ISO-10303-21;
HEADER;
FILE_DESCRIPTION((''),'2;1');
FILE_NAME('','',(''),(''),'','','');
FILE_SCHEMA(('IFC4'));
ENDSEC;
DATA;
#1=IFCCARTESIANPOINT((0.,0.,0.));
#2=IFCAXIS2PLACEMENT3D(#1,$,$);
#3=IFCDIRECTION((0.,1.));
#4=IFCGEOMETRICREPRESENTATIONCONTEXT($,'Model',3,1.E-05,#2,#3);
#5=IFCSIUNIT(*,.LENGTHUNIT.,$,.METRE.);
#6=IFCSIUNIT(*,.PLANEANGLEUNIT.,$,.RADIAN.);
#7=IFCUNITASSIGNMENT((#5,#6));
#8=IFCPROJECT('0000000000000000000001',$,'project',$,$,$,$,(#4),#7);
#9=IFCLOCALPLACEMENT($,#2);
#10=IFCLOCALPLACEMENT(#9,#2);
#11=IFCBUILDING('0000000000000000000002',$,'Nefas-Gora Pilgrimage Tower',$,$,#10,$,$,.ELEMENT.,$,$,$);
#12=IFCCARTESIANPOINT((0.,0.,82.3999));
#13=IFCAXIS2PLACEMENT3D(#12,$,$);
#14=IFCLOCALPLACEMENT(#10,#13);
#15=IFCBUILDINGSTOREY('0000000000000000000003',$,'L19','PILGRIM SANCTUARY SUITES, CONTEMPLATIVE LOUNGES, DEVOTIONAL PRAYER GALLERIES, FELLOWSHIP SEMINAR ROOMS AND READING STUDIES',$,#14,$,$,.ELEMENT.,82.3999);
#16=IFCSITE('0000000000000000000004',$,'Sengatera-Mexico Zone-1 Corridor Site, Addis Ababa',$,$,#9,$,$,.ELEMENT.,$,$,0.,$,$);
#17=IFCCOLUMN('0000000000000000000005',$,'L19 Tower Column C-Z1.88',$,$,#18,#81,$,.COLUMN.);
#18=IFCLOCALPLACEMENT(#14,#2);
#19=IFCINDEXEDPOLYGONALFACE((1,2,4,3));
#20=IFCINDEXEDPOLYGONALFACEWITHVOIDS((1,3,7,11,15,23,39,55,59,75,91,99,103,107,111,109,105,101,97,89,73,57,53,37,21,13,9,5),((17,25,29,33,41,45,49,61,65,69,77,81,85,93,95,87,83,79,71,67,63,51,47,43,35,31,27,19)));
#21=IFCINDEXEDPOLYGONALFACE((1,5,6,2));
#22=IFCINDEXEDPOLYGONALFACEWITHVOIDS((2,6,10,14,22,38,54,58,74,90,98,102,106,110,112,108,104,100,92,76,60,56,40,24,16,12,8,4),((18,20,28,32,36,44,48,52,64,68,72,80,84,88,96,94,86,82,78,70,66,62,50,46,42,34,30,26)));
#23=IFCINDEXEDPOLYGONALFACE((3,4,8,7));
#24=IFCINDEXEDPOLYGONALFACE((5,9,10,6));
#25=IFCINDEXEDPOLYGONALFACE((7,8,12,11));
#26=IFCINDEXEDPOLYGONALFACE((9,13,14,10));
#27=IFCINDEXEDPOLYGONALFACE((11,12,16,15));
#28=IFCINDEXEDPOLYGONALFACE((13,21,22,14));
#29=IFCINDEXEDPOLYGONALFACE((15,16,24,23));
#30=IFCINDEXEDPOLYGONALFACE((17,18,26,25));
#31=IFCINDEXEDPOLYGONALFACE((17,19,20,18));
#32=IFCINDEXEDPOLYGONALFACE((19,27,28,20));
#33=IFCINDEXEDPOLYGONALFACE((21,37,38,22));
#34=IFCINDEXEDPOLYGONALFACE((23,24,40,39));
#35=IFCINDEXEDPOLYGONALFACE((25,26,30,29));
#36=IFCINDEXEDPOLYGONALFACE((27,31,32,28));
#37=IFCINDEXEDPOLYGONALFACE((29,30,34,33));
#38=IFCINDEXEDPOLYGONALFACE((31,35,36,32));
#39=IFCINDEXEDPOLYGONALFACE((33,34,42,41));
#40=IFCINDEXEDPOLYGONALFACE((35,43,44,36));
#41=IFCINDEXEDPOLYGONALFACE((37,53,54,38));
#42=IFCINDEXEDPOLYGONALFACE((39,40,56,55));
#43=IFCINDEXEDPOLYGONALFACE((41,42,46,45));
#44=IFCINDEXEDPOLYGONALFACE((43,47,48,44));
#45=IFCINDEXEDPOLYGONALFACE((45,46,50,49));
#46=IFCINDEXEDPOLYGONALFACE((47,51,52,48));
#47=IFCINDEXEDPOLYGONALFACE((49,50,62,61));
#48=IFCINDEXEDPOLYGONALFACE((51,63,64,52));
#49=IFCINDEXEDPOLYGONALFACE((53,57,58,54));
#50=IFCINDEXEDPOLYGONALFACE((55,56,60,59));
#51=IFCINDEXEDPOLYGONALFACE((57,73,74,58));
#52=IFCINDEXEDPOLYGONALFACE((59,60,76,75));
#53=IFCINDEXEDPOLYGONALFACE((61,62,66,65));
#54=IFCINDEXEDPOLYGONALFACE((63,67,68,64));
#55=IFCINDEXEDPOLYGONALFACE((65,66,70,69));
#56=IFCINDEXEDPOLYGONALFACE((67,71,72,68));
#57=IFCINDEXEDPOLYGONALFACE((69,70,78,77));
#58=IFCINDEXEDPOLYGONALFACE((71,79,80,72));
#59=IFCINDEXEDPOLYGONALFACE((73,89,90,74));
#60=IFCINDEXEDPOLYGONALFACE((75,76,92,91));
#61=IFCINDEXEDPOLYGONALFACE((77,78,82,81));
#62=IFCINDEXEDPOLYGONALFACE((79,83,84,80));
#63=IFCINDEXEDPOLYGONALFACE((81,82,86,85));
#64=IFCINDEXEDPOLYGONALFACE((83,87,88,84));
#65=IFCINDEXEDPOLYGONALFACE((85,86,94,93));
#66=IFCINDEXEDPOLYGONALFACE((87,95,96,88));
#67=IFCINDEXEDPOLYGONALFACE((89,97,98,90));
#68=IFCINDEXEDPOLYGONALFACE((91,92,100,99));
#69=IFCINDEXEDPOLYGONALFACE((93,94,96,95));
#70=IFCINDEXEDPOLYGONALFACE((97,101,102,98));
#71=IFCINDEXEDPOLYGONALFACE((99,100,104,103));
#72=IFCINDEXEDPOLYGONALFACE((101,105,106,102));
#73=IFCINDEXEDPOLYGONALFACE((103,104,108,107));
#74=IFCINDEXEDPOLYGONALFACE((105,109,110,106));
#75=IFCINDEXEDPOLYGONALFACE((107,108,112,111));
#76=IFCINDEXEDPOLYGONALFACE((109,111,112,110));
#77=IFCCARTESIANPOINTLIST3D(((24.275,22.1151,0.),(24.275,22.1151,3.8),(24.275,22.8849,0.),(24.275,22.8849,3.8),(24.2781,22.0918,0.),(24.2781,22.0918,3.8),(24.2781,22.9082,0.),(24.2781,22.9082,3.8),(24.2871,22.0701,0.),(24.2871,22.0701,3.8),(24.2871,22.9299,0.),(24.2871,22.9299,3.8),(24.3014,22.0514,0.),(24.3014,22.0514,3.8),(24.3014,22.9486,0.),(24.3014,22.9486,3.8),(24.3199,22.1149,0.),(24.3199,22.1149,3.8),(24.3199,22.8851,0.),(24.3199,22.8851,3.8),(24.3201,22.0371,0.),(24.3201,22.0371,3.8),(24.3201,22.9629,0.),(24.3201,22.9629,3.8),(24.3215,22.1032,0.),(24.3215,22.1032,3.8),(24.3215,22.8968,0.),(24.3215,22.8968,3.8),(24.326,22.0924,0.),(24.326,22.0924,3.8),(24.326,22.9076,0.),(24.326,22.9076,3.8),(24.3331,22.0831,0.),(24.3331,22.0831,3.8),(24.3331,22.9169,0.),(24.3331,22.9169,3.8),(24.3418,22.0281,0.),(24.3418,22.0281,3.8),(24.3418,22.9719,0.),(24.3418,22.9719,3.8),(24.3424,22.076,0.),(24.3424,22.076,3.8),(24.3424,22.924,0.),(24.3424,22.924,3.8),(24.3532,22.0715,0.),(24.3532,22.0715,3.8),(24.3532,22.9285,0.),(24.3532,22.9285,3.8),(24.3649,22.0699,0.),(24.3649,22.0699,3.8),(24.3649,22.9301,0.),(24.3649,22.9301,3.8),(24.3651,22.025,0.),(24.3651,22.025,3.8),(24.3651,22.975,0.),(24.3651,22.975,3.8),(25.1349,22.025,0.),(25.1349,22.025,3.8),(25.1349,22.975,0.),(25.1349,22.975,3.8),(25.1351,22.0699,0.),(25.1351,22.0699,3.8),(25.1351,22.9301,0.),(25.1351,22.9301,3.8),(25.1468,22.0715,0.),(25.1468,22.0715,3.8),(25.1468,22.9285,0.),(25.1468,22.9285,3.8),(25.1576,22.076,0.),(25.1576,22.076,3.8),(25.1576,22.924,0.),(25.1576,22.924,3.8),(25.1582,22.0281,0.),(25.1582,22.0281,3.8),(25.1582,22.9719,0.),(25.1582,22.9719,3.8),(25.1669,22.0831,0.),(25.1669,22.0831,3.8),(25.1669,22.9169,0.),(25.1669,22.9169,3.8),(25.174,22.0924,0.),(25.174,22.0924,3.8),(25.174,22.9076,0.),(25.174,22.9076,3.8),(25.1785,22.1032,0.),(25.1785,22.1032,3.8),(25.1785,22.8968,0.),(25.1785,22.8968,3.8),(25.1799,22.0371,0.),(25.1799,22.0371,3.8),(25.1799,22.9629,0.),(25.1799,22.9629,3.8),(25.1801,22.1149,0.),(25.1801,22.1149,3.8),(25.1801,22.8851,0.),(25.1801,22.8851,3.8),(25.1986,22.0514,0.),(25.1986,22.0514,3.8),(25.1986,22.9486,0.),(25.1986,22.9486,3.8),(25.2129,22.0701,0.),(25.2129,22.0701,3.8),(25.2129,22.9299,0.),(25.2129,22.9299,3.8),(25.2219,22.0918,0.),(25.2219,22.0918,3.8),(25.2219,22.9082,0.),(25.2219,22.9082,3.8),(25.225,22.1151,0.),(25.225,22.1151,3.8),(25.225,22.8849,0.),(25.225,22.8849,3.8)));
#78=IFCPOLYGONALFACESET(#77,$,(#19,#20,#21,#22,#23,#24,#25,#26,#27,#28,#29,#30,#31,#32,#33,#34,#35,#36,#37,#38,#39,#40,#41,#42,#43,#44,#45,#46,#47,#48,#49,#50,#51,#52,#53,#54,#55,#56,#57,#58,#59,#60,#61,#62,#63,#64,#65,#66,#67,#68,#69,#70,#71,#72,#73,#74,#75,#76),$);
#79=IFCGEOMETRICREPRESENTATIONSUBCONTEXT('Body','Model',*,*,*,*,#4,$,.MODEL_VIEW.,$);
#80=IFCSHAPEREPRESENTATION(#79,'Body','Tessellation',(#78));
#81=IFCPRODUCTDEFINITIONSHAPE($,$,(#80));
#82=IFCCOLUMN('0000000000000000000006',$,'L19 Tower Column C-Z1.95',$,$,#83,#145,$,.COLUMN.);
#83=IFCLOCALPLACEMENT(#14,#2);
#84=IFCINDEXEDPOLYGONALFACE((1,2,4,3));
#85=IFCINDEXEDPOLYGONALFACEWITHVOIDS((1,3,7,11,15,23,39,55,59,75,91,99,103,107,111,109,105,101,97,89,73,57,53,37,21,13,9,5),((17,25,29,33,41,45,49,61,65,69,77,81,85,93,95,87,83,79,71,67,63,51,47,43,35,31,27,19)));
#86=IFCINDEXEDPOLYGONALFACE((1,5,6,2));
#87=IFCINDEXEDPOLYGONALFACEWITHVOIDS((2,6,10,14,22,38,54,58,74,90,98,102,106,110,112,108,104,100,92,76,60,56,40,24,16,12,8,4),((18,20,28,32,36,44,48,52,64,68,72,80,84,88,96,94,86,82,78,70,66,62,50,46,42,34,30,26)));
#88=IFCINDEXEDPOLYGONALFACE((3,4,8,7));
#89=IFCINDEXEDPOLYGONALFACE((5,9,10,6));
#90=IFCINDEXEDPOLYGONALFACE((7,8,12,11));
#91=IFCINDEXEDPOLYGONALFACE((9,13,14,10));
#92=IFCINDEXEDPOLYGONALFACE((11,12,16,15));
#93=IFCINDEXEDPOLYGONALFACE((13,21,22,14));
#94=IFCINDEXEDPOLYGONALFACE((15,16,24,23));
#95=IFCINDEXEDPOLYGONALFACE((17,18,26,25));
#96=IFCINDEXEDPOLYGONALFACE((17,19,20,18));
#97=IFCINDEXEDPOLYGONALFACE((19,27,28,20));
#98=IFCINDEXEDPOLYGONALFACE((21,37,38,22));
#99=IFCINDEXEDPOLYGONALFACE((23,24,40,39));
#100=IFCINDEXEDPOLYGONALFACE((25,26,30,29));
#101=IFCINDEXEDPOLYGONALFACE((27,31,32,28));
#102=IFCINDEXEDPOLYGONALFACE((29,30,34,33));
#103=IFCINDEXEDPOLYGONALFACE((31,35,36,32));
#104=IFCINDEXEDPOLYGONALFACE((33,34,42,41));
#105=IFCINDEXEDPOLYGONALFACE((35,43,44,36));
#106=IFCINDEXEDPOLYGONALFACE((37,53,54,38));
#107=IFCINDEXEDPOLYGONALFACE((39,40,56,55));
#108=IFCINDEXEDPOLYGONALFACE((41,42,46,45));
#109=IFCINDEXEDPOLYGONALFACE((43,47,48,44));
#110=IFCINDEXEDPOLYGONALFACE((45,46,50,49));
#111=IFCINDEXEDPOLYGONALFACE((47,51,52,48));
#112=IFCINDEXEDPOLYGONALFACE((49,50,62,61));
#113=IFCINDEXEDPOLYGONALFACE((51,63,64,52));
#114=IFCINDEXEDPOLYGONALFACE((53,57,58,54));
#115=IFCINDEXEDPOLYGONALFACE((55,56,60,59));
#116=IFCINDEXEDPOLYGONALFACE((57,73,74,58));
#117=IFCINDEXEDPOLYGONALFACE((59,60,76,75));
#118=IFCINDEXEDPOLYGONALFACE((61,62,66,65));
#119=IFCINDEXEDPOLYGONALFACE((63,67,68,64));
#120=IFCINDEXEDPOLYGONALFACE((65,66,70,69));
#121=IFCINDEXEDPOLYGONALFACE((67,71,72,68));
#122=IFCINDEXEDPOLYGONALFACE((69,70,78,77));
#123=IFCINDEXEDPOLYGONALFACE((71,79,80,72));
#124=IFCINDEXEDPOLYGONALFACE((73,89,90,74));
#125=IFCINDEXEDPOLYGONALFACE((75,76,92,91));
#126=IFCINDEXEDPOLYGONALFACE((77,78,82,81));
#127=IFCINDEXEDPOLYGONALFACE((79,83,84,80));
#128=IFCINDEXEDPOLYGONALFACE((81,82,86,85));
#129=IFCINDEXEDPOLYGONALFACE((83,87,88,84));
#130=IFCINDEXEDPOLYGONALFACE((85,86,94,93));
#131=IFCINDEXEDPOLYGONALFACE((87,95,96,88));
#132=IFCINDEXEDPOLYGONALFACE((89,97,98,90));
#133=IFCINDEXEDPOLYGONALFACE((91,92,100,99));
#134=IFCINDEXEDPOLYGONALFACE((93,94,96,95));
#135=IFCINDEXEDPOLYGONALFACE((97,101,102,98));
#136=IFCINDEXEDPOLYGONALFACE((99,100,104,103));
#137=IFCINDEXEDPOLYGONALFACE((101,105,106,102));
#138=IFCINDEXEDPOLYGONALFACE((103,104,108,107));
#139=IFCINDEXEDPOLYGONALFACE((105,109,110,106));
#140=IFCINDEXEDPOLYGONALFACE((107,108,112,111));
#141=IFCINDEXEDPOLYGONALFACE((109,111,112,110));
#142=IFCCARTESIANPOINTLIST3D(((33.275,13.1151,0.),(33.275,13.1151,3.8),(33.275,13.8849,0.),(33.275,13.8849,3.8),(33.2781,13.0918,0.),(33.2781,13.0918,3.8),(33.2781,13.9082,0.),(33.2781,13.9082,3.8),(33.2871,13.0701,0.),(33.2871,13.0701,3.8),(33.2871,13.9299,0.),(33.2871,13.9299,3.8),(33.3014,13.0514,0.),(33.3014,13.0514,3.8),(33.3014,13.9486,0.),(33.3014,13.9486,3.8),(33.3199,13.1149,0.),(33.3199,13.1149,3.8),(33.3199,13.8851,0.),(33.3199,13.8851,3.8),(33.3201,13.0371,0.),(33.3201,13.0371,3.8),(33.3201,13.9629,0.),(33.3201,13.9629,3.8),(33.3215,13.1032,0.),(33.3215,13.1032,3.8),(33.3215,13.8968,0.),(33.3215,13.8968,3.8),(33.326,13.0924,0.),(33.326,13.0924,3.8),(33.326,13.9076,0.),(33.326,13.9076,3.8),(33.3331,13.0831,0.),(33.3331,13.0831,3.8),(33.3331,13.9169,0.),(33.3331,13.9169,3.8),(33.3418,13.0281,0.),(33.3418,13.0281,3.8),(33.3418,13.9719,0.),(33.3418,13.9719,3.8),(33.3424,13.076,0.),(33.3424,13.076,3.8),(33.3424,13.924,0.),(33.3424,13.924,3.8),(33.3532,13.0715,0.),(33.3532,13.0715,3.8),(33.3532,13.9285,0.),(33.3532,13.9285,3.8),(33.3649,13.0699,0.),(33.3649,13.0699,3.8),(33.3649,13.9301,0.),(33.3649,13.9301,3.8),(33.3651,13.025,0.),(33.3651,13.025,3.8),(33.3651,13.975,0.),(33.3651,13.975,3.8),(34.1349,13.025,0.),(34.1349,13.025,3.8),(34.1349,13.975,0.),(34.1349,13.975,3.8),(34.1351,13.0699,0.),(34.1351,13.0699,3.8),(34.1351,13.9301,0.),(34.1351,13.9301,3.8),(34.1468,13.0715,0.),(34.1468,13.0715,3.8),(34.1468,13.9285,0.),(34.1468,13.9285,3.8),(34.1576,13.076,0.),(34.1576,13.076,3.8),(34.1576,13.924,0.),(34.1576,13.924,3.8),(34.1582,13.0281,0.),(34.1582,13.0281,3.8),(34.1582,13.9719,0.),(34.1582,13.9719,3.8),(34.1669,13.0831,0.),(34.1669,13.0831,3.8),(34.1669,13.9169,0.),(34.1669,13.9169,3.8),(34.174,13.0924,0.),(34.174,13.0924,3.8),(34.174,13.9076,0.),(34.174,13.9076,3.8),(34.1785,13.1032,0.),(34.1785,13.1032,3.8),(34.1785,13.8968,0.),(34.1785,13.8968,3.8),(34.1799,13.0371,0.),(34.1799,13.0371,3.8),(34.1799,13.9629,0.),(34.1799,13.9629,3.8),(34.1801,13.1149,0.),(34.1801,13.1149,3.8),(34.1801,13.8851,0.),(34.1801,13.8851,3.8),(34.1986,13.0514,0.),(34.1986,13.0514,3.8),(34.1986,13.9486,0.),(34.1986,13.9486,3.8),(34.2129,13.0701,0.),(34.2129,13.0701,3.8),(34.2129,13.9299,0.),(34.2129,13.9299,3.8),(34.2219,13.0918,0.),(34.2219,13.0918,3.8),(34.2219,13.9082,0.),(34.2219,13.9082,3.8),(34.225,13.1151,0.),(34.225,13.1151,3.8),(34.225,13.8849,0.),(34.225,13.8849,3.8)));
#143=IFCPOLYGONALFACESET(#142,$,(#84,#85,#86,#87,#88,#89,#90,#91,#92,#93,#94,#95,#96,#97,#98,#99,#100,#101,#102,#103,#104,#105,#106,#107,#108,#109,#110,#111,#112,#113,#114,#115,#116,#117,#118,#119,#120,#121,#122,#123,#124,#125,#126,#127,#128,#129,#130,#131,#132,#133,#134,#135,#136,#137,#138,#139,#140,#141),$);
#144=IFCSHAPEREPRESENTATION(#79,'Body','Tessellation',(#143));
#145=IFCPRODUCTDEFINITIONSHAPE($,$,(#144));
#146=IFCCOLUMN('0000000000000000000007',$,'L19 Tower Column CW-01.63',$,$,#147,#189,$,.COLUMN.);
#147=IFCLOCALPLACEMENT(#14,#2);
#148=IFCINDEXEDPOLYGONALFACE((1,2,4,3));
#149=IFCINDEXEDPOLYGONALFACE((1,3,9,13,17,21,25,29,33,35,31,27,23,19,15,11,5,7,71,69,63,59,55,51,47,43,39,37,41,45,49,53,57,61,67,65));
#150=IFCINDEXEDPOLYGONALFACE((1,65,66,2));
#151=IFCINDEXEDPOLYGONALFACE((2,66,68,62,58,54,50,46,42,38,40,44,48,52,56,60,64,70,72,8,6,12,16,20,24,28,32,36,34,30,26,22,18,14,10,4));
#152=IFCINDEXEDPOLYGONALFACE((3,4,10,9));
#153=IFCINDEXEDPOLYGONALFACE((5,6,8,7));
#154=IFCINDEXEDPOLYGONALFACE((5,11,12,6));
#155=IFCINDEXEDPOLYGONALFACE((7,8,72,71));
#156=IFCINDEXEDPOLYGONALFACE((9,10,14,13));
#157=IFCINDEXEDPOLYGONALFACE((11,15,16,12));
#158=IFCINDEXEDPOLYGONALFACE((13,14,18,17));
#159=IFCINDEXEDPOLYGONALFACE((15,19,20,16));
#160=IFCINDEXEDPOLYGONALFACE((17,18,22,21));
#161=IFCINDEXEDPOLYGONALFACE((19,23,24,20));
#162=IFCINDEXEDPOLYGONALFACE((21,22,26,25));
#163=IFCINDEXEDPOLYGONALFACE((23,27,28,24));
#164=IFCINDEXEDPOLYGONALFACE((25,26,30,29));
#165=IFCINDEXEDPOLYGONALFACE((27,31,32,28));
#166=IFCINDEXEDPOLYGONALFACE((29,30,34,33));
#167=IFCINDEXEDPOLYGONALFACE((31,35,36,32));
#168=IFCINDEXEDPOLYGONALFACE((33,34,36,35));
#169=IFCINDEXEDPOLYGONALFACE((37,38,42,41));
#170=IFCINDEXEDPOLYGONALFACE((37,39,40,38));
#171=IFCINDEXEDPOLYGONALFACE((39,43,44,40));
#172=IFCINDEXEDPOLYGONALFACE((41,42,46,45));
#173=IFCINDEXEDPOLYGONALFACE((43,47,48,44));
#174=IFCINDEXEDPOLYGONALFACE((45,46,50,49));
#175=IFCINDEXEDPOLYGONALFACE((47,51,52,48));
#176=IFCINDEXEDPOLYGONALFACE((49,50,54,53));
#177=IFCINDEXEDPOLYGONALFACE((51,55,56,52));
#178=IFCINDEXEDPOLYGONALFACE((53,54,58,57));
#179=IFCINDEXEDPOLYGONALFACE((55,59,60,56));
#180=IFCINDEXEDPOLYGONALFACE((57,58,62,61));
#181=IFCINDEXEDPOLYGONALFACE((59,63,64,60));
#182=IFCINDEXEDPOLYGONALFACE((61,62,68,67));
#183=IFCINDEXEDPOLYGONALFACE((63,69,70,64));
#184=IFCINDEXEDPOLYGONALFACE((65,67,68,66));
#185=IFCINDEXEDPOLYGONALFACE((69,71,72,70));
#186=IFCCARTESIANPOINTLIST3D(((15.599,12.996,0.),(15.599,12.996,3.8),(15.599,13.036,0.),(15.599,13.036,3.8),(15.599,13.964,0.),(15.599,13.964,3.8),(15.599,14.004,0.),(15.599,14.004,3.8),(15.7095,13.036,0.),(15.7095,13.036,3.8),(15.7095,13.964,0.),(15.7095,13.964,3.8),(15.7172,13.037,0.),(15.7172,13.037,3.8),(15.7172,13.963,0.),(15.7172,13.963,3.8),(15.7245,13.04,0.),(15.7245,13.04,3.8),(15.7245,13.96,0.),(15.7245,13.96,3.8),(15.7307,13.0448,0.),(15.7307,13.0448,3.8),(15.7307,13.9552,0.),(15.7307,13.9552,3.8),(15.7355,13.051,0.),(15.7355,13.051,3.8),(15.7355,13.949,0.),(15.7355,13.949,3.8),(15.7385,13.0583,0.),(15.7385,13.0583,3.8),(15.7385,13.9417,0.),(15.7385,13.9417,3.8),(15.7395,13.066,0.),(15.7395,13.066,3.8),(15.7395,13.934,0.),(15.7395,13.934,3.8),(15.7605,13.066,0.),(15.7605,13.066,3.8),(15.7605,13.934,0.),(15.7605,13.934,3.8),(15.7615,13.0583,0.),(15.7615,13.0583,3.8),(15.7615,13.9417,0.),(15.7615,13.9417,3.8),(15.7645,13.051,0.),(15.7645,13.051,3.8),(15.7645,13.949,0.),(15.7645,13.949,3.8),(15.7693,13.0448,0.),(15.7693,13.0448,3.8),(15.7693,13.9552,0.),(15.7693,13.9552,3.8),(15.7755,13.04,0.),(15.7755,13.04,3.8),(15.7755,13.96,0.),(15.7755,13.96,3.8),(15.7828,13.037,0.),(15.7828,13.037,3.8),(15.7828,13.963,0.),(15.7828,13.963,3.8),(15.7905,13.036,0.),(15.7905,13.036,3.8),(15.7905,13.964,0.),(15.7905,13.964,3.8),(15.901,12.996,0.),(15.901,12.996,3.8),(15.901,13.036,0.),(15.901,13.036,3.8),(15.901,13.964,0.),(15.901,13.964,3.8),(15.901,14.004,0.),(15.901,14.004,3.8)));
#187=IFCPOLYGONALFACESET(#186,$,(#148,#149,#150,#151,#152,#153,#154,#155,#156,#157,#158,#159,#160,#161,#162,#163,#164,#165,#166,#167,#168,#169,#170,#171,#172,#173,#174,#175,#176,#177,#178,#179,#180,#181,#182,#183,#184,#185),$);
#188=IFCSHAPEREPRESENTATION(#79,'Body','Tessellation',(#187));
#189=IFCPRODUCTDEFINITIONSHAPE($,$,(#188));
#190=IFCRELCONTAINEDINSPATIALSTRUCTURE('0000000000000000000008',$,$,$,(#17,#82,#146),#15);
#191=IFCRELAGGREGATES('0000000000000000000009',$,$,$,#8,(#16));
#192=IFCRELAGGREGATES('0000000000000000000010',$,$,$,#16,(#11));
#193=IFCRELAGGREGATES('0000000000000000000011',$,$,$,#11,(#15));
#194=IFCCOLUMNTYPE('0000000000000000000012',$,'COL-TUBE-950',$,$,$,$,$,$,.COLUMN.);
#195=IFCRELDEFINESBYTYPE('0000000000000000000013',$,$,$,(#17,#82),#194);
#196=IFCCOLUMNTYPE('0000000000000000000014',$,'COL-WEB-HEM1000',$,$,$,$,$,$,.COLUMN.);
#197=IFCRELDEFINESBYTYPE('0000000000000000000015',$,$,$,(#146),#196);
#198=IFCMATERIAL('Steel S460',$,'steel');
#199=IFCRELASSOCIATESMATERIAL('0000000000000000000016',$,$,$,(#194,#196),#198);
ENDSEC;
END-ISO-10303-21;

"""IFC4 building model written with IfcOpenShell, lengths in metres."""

from ifc_helpers import new_model, si_unit, direction, frame, origin, origin_2d, place, context, subcontext, project, spatial, hollow_rectangle, i_section, extrude, source, transform, mapped, material, material_profile, profile_set, type_object, element, save


model = new_model("IFC4")

# Units and contexts
model_context = context("Model", 3, precision=1e-05, world=origin(), true_north=direction((0.0, 1.0)))
body_context = subcontext(model_context, "Body", "Model", "MODEL_VIEW")
ifc_project = project(units=[si_unit("LENGTHUNIT", "METRE"), si_unit("PLANEANGLEUNIT", "RADIAN")], contexts=[model_context])

# Site, building, storey
site_placement = place(None, origin())
site = spatial("IfcSite", under=ifc_project, at=site_placement, Name="Sengatera-Mexico Zone-1 Corridor Site, Addis Ababa", CompositionType="ELEMENT", RefElevation=0.0)
building_placement = place(site_placement, origin())
building = spatial("IfcBuilding", under=site, at=building_placement, Name="Nefas-Gora Pilgrimage Tower", CompositionType="ELEMENT")
storey_placement = place(building_placement, frame((0.0, 0.0, 82.3999)))
storey = spatial("IfcBuildingStorey", under=building, at=storey_placement, Name="L19", Description="PILGRIM SANCTUARY SUITES, CONTEMPLATIVE LOUNGES, DEVOTIONAL PRAYER GALLERIES, FELLOWSHIP SEMINAR ROOMS AND READING STUDIES", CompositionType="ELEMENT", Elevation=82.3999)

# Columns
ifc_material_1 = material(Name="Steel S460", Category="steel")
ifc_material_profile_1 = material_profile(ifc_material_1, hollow_rectangle(XDim=0.95, YDim=0.95, WallThickness=0.0449, InnerFilletRadius=0.0449, OuterFilletRadius=0.0901, at=origin_2d()), Name="BOX 950x950x45")
ifc_profile_set_1 = profile_set([ifc_material_profile_1], Name="Steel S460")
column_type_1 = type_object("IfcColumnType", Name="COL-TUBE-950", PredefinedType="COLUMN", material=ifc_profile_set_1)
shared_shape_1 = source(origin(), body_context, "Body", "SweptSolid", [
    extrude(hollow_rectangle(XDim=0.95, YDim=0.95, WallThickness=0.0449, InnerFilletRadius=0.0449, OuterFilletRadius=0.0901, at=origin_2d()), origin(), (0.0, 0.0, 1.0), 3.8),
])
for number, where, z_axis, x_axis, name in (
    (1, (24.75, 22.5, 0.0), (0.0, 0.0, 1.0), (1.0, 0.0, 0.0), "L19 Tower Column C-Z1.88"),
    (2, (33.75, 13.5, 0.0), (0.0, 0.0, 1.0), (1.0, 0.0, 0.0), "L19 Tower Column C-Z1.95"),
):
    element("IfcColumn", number, at=place(storey_placement, frame(where, z_axis=z_axis, x_axis=x_axis)), inside=storey, type_object=column_type_1, Name=name, PredefinedType="COLUMN", context=body_context, shape_type="MappedRepresentation", body=[
        mapped(shared_shape_1, transform((0.0, 0.0, 0.0), x_axis=(1.0, 0.0, 0.0), y_axis=(0.0, 1.0, 0.0), z_axis=(0.0, 0.0, 1.0), scale=1.0)),
    ])
ifc_material_profile_2 = material_profile(ifc_material_1, i_section(OverallWidth=0.302, OverallDepth=1.0081, WebThickness=0.021, FlangeThickness=0.04, FilletRadius=0.03, at=origin_2d()), Name="HEM 1000")
ifc_profile_set_2 = profile_set([ifc_material_profile_2], Name="Steel S460")
column_type_2 = type_object("IfcColumnType", Name="COL-WEB-HEM1000", PredefinedType="COLUMN", material=ifc_profile_set_2)
shared_shape_2 = source(origin(), body_context, "Body", "SweptSolid", [
    extrude(i_section(OverallWidth=0.302, OverallDepth=1.0081, WebThickness=0.021, FlangeThickness=0.04, FilletRadius=0.03, at=origin_2d()), origin(), (0.0, 0.0, 1.0), 3.8),
])
for number, where, z_axis, x_axis, name in (
    (3, (15.75, 13.5, 0.0), (0.0, 0.0, 1.0), (1.0, 0.0, 0.0), "L19 Tower Column CW-01.63"),
):
    element("IfcColumn", number, at=place(storey_placement, frame(where, z_axis=z_axis, x_axis=x_axis)), inside=storey, type_object=column_type_2, Name=name, PredefinedType="COLUMN", context=body_context, shape_type="MappedRepresentation", body=[
        mapped(shared_shape_2, transform((0.0, 0.0, 0.0), x_axis=(1.0, 0.0, 0.0), y_axis=(0.0, 1.0, 0.0), z_axis=(0.0, 0.0, 1.0), scale=1.0)),
    ])

save(model, "model.ifc")
